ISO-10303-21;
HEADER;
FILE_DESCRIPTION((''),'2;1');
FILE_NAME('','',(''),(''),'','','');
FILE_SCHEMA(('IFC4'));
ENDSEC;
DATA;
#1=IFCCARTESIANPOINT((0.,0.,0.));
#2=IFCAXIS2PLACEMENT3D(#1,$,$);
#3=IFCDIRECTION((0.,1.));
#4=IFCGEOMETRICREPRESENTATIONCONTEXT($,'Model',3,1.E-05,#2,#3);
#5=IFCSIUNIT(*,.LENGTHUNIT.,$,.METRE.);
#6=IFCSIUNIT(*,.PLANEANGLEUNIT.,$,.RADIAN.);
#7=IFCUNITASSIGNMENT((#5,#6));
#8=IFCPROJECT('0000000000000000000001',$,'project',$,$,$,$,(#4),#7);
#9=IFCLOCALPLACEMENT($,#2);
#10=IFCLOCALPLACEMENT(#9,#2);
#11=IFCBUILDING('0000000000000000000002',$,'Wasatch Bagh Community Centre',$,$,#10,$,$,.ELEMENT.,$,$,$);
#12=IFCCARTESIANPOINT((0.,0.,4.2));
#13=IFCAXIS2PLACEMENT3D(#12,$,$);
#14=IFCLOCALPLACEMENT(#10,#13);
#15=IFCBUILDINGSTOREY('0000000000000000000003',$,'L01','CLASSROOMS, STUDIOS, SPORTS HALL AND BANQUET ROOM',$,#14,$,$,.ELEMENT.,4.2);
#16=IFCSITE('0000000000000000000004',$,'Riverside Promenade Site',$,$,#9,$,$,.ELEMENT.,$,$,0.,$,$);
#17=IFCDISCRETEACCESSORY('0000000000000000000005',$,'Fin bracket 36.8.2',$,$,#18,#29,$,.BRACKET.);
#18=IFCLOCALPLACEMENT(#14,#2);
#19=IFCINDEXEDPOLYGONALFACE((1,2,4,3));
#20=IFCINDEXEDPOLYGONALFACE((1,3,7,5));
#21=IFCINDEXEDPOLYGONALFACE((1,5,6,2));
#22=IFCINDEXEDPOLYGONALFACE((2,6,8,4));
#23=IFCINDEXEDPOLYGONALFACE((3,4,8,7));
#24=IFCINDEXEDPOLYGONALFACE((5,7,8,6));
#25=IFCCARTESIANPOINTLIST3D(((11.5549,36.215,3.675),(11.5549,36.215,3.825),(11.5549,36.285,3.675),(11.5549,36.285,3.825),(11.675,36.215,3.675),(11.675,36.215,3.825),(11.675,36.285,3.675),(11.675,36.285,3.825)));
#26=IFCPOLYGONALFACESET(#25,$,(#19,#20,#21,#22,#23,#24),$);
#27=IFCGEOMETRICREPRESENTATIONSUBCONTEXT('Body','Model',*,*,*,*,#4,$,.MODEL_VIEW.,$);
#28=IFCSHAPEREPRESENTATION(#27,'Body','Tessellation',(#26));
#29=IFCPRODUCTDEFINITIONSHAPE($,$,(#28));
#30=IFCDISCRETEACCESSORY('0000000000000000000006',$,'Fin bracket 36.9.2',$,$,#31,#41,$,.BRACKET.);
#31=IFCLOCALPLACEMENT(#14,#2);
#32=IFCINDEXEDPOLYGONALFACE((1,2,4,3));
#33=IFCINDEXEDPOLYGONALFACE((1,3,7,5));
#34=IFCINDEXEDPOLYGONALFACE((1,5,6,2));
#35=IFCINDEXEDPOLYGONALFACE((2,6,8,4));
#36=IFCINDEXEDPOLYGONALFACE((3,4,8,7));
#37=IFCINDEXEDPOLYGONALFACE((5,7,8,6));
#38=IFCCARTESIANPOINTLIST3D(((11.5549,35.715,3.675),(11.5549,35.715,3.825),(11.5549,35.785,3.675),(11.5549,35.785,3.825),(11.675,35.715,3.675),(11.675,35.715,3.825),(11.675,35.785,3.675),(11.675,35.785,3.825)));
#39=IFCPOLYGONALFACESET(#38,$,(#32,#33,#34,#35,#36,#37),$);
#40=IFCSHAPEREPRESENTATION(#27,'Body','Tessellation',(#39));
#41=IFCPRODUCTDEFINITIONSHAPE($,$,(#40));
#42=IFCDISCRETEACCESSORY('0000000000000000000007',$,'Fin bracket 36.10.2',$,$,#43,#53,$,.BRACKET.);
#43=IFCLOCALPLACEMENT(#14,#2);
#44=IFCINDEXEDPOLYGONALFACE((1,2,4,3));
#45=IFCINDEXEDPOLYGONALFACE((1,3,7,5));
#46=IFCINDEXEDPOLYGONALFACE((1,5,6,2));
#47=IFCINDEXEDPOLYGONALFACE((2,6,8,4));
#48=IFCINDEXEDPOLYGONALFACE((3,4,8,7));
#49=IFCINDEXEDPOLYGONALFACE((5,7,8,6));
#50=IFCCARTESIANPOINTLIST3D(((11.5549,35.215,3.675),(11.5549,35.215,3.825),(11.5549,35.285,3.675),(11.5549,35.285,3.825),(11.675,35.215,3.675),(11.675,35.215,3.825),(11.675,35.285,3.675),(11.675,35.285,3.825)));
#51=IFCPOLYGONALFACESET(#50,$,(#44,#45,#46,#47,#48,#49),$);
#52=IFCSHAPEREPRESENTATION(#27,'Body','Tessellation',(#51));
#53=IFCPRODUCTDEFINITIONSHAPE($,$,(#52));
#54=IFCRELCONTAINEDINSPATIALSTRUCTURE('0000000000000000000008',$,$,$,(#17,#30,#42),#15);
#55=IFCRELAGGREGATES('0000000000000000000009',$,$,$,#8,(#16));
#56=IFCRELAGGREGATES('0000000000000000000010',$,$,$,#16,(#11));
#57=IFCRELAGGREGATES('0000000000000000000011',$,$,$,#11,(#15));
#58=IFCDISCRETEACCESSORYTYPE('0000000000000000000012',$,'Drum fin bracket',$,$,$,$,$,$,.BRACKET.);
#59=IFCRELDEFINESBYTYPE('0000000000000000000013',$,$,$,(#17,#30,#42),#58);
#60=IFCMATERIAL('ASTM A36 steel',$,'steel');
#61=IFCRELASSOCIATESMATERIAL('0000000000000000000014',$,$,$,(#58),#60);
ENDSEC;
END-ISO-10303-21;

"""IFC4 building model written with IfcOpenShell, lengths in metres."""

from ifc_helpers import new_model, si_unit, direction, frame, origin, origin_2d, place, context, subcontext, project, spatial, rectangle, extrude, material, type_object, element, save


model = new_model("IFC4")

# Units and contexts
model_context = context("Model", 3, precision=1e-05, world=origin(), true_north=direction((0.0, 1.0)))
body_context = subcontext(model_context, "Body", "Model", "MODEL_VIEW")
ifc_project = project(units=[si_unit("LENGTHUNIT", "METRE"), si_unit("PLANEANGLEUNIT", "RADIAN")], contexts=[model_context])

# Site, building, storey
site_placement = place(None, origin())
site = spatial("IfcSite", under=ifc_project, at=site_placement, Name="Riverside Promenade Site", CompositionType="ELEMENT", RefElevation=0.0)
building_placement = place(site_placement, origin())
building = spatial("IfcBuilding", under=site, at=building_placement, Name="Wasatch Bagh Community Centre", CompositionType="ELEMENT")
storey_placement = place(building_placement, frame((0.0, 0.0, 4.2)))
storey = spatial("IfcBuildingStorey", under=building, at=storey_placement, Name="L01", Description="CLASSROOMS, STUDIOS, SPORTS HALL AND BANQUET ROOM", CompositionType="ELEMENT", Elevation=4.2)

# Discrete accessories
ifc_material_1 = material(Name="ASTM A36 steel", Category="steel")
discrete_accessory_type = type_object("IfcDiscreteAccessoryType", Name="Drum fin bracket", PredefinedType="BRACKET", material=ifc_material_1)
for number, where, z_axis, x_axis, name in (
    (1, (11.615, 36.25, 3.675), (0.0, 0.0, 1.0), (0.0, -1.0, 0.0), "Fin bracket 36.8.2"),
    (2, (11.615, 35.75, 3.675), (0.0, 0.0, 1.0), (0.0, -1.0, 0.0), "Fin bracket 36.9.2"),
    (3, (11.615, 35.25, 3.675), (0.0, 0.0, 1.0), (0.0, -1.0, 0.0), "Fin bracket 36.10.2"),
):
    element("IfcDiscreteAccessory", number, at=place(storey_placement, frame(where, z_axis=z_axis, x_axis=x_axis)), inside=storey, type_object=discrete_accessory_type, Name=name, PredefinedType="BRACKET", context=body_context, shape_type="SweptSolid", body=[
        extrude(rectangle(XDim=0.0701, YDim=0.1201, at=origin_2d()), origin(), (0.0, 0.0, 1.0), 0.1499),
    ])

save(model, "model.ifc")
